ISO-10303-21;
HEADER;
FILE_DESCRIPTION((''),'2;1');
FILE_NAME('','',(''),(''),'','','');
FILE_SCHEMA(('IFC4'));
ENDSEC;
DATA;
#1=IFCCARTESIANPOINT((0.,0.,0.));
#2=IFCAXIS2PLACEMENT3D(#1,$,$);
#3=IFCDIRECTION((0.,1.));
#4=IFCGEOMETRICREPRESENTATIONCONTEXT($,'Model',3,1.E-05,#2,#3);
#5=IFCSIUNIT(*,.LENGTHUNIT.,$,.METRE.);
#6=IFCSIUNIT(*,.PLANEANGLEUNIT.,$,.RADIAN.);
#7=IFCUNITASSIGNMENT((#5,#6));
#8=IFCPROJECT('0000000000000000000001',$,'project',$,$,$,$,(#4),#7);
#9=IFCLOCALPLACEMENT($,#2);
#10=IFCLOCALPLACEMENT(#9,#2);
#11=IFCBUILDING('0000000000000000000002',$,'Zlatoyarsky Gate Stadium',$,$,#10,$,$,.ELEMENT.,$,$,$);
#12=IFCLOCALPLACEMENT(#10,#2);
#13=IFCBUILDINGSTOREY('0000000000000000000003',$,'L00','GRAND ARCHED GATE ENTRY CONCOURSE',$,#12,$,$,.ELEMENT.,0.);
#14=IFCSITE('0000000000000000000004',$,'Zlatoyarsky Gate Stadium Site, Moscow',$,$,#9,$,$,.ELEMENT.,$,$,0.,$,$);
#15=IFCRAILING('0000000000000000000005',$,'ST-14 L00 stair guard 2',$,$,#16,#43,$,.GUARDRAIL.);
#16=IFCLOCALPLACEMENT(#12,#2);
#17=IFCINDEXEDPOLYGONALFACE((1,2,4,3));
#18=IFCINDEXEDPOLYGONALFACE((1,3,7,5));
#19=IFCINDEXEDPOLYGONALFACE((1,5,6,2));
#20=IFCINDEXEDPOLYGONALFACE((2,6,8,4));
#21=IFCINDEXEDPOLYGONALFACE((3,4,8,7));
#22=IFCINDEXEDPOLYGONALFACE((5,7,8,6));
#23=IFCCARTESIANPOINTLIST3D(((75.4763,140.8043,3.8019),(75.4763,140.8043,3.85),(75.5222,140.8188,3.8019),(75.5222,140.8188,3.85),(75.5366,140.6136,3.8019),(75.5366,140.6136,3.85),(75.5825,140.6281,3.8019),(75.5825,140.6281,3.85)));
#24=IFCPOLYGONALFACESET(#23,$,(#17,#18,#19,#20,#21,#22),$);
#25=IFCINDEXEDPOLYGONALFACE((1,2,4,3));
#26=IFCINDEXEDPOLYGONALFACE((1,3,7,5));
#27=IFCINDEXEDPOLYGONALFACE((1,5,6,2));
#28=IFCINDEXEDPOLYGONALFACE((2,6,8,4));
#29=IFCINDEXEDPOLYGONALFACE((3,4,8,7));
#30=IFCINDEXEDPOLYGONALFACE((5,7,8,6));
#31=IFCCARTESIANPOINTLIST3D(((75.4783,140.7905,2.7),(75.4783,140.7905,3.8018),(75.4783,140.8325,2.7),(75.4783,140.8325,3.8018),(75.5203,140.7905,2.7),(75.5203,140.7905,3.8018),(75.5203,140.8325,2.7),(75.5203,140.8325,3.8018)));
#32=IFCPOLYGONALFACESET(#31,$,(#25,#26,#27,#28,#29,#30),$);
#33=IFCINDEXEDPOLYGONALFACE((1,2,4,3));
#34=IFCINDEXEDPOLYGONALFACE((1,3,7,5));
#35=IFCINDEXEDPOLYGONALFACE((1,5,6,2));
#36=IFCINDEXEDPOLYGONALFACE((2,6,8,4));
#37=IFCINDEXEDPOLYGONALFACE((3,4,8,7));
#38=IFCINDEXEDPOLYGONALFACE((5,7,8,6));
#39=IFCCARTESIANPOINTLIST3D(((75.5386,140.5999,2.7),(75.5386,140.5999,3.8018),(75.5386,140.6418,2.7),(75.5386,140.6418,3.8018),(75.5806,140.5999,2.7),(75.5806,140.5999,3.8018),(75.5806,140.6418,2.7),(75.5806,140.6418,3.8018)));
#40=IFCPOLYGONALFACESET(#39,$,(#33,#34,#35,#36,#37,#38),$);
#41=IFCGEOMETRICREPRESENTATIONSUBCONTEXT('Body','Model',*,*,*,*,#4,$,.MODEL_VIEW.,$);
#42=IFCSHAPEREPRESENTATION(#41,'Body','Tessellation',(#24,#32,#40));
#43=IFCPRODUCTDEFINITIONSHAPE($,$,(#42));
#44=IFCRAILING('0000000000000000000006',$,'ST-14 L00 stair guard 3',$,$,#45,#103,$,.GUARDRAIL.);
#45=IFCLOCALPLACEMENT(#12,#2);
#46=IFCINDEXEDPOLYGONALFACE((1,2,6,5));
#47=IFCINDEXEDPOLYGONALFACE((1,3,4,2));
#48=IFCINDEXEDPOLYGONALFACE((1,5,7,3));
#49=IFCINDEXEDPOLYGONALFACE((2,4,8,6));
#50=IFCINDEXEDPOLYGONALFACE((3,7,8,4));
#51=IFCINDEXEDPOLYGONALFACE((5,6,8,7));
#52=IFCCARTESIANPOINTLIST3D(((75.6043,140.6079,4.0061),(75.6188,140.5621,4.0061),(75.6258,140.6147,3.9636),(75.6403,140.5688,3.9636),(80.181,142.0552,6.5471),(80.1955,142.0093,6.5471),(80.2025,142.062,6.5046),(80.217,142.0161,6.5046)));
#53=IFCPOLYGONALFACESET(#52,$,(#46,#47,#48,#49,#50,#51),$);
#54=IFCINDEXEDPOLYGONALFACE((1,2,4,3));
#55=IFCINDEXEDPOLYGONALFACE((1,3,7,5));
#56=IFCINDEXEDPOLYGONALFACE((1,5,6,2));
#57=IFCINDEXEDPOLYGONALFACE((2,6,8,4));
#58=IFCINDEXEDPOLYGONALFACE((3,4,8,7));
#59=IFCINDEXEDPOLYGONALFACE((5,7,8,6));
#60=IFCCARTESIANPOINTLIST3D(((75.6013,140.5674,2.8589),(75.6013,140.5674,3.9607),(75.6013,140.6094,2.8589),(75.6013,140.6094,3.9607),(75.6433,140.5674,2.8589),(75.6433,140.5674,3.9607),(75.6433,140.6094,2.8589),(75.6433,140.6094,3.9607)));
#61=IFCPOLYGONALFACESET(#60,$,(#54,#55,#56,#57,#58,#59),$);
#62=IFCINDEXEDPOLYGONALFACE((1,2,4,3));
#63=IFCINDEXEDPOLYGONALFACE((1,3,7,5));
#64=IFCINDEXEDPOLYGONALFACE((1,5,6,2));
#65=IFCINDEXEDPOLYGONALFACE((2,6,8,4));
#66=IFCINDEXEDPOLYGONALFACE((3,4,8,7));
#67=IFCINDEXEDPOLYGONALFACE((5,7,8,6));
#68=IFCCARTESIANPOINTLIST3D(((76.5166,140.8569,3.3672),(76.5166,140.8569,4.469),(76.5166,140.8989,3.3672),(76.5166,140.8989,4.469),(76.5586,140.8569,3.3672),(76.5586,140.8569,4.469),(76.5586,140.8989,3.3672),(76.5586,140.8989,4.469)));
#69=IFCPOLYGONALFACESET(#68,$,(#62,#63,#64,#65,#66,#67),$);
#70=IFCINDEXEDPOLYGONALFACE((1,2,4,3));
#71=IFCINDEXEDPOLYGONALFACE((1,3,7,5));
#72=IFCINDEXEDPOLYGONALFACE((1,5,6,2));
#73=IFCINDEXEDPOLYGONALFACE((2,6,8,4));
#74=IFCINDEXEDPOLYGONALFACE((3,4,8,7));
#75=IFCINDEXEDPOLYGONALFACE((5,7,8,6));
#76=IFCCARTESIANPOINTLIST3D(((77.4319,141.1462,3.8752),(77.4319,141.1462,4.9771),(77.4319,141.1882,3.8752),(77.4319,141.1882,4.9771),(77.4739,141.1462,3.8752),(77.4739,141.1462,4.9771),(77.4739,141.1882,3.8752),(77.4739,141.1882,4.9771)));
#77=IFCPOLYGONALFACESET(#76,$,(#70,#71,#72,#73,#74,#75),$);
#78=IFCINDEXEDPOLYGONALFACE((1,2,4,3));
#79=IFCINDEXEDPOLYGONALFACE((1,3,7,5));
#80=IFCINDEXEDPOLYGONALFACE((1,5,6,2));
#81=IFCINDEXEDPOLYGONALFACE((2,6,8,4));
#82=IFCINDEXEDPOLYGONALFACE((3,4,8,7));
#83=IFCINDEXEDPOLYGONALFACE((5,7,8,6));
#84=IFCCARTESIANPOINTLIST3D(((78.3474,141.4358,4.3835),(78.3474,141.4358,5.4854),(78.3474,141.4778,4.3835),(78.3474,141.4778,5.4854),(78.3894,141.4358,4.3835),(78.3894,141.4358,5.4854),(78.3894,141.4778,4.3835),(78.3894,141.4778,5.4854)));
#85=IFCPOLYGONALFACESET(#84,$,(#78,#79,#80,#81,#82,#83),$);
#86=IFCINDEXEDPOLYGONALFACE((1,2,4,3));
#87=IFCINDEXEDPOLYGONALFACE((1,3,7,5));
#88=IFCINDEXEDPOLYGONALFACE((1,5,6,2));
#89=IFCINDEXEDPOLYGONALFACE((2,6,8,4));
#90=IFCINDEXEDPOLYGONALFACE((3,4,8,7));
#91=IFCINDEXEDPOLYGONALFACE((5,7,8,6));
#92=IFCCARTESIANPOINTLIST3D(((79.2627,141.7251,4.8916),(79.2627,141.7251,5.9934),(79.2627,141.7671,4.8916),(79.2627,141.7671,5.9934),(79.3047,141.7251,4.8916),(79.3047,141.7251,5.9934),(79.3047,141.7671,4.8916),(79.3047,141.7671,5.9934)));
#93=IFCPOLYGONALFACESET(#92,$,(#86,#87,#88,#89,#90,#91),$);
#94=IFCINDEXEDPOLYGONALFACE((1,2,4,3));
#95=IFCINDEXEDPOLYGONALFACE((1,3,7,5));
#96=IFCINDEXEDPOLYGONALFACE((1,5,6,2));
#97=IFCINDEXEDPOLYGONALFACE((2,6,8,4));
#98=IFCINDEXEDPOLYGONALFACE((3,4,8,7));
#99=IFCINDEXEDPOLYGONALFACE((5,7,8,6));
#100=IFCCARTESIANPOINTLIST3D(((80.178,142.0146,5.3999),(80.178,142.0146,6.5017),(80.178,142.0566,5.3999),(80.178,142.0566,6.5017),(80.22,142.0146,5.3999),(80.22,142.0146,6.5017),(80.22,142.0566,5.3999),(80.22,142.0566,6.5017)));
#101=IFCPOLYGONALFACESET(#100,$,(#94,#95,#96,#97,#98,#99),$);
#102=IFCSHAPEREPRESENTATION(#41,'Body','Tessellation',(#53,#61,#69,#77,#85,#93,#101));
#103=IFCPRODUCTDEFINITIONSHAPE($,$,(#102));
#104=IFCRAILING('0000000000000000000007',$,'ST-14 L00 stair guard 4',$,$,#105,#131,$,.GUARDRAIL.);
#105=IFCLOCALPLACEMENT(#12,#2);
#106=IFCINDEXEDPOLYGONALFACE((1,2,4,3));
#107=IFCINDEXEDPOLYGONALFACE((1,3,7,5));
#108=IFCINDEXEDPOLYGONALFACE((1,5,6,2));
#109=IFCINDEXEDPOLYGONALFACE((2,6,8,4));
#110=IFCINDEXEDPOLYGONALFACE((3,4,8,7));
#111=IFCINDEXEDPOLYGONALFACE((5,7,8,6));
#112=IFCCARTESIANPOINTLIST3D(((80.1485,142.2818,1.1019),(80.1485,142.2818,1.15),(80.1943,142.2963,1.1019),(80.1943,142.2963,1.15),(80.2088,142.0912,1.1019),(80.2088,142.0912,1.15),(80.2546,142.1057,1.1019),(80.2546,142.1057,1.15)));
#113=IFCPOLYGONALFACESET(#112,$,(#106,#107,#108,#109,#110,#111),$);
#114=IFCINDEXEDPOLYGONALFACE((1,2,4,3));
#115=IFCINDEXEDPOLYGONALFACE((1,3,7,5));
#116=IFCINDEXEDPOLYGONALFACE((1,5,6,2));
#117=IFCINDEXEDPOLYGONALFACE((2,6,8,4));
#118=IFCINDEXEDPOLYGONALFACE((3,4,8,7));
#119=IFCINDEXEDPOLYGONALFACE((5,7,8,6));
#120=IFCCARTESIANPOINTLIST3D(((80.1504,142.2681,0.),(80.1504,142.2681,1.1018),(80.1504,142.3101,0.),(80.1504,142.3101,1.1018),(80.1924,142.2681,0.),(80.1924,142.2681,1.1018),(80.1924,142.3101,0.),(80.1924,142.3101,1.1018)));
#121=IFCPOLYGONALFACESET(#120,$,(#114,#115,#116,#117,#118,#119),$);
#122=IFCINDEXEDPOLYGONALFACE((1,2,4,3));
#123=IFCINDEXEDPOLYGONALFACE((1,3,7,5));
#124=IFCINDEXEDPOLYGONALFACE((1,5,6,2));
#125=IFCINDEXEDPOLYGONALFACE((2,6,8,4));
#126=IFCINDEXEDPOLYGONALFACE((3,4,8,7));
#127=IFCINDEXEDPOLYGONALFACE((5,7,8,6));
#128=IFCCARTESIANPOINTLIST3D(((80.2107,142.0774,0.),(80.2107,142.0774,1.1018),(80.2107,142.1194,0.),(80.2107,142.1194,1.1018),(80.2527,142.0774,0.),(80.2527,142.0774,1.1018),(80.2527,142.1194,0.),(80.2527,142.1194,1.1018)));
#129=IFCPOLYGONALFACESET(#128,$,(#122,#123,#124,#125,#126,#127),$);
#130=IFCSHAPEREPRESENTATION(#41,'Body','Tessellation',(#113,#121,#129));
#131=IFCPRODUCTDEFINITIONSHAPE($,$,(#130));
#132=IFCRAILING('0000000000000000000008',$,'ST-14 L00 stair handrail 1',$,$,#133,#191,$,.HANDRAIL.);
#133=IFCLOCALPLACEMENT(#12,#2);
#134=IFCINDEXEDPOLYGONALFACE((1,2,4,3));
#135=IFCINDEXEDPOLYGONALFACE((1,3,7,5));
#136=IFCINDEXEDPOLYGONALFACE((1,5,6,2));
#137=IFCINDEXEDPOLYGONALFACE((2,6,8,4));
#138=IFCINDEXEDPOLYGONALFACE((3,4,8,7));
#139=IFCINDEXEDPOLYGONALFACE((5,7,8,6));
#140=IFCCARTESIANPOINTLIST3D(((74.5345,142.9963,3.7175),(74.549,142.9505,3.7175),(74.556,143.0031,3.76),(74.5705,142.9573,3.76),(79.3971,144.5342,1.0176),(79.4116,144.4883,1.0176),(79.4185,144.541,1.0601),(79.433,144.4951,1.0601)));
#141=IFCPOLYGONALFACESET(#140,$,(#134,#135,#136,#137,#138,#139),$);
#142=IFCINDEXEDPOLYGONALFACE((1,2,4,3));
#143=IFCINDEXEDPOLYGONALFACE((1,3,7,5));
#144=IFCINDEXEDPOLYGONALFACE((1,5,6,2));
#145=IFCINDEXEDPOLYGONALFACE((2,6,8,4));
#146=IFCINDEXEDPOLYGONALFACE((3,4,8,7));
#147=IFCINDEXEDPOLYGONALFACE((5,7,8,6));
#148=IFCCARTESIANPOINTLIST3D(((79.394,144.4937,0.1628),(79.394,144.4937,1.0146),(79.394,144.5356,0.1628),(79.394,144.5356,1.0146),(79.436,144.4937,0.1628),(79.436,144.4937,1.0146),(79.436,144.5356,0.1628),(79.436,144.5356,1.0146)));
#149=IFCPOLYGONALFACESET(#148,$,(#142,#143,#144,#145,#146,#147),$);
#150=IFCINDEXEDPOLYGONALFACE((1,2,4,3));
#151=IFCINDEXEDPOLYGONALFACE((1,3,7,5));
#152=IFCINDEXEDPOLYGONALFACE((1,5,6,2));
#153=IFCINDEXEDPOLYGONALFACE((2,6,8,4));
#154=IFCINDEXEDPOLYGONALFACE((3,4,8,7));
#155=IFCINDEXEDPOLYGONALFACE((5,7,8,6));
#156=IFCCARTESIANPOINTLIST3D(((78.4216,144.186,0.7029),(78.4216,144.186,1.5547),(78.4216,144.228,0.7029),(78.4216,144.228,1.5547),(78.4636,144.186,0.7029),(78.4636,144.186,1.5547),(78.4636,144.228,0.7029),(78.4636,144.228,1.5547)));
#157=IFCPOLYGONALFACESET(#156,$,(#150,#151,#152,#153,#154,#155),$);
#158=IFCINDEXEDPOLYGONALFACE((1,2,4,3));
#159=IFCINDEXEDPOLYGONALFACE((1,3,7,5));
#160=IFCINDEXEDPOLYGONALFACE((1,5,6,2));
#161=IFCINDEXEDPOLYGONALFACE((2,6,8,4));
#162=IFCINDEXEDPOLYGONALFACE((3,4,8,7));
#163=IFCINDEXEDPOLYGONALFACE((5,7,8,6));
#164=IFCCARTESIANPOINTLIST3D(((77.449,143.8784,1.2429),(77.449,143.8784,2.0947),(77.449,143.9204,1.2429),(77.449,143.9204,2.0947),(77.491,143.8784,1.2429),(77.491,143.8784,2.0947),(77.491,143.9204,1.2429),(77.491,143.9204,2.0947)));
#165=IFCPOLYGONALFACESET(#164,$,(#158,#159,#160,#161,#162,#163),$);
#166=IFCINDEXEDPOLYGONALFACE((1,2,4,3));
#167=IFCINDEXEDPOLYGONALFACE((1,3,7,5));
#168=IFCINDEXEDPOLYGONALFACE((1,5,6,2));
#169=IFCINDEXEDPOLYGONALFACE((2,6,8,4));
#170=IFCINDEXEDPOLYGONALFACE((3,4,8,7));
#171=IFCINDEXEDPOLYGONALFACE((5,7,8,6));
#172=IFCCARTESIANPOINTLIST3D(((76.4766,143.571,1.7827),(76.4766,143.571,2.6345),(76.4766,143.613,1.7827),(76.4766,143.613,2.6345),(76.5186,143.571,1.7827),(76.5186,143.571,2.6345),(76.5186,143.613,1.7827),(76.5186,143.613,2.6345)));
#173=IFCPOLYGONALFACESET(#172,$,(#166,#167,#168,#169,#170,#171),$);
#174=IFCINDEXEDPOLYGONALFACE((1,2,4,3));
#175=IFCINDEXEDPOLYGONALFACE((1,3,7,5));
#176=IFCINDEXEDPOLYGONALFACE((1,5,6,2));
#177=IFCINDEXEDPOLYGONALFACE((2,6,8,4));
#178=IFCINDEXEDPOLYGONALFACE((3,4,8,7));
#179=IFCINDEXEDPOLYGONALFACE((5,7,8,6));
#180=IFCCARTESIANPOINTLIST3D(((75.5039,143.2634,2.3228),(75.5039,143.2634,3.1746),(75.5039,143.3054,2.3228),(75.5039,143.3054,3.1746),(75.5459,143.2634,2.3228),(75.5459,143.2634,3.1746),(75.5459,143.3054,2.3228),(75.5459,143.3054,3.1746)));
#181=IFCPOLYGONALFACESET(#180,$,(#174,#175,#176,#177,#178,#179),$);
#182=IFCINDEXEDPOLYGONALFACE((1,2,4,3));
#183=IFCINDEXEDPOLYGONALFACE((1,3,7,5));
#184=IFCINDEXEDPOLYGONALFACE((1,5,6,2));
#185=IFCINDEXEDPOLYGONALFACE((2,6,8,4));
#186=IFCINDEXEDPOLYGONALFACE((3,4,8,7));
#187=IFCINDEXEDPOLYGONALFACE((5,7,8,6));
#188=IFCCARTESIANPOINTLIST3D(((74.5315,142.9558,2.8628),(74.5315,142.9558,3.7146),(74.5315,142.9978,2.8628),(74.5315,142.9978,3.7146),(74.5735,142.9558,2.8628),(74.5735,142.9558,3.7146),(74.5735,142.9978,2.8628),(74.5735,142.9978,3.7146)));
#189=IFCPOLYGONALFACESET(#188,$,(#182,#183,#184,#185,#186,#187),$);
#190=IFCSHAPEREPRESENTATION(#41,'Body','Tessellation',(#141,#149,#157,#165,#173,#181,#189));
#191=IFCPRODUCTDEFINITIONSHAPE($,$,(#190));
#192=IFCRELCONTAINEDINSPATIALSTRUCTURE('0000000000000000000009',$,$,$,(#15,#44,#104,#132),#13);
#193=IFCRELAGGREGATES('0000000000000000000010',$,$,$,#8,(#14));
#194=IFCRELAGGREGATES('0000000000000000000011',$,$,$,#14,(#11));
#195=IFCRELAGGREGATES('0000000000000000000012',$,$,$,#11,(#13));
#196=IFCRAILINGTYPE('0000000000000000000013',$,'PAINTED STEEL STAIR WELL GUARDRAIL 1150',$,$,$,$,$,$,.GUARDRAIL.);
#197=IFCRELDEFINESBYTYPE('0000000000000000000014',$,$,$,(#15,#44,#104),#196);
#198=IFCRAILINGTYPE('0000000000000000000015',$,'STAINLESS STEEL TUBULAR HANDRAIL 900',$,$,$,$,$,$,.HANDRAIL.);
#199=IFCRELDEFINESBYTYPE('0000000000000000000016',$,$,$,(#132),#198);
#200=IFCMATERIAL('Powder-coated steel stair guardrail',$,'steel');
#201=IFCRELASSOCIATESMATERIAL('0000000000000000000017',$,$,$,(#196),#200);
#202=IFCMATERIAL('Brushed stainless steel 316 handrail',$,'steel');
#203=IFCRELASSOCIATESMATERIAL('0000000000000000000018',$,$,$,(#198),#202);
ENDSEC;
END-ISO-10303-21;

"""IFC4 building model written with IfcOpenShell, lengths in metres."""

from ifc_helpers import new_model, si_unit, direction, frame, origin, origin_2d, place, context, subcontext, project, spatial, rectangle, extrude, material, type_object, element, save


model = new_model("IFC4")

# Units and contexts
model_context = context("Model", 3, precision=1e-05, world=origin(), true_north=direction((0.0, 1.0)))
body_context = subcontext(model_context, "Body", "Model", "MODEL_VIEW")
ifc_project = project(units=[si_unit("LENGTHUNIT", "METRE"), si_unit("PLANEANGLEUNIT", "RADIAN")], contexts=[model_context])

# Site, building, storey
site_placement = place(None, origin())
site = spatial("IfcSite", under=ifc_project, at=site_placement, Name="Zlatoyarsky Gate Stadium Site, Moscow", CompositionType="ELEMENT", RefElevation=0.0)
building_placement = place(site_placement, origin())
building = spatial("IfcBuilding", under=site, at=building_placement, Name="Zlatoyarsky Gate Stadium", CompositionType="ELEMENT")
storey_placement = place(building_placement, origin())
storey = spatial("IfcBuildingStorey", under=building, at=storey_placement, Name="L00", Description="GRAND ARCHED GATE ENTRY CONCOURSE", CompositionType="ELEMENT", Elevation=0.0)

# Railings
ifc_material_1 = material(Name="Powder-coated steel stair guardrail", Category="steel")
railing_type_1 = type_object("IfcRailingType", Name="PAINTED STEEL STAIR WELL GUARDRAIL 1150", PredefinedType="GUARDRAIL", material=ifc_material_1)
railing_1_placement = place(storey_placement, frame((75.4993, 140.8115, 2.7)))
element("IfcRailing", 1, at=railing_1_placement, inside=storey, type_object=railing_type_1, Name="ST-14 L00 stair guard 2", PredefinedType="GUARDRAIL", context=body_context, shape_type="SweptSolid", body=[
    extrude(rectangle(XDim=0.0481, YDim=0.0481, at=origin_2d()), frame((0.0, 0.0, 1.126), z_axis=(0.30154, -0.953453, 0.0), x_axis=(0.953453, 0.30154, 0.0)), (0.0, 0.0, 1.0), 0.2),
    extrude(rectangle(XDim=0.042, YDim=0.042, at=origin_2d()), origin(), (0.0, 0.0, 1.0), 1.1018),
    extrude(rectangle(XDim=0.042, YDim=0.042, at=origin_2d()), frame((0.0603, -0.1907, 0.0)), (0.0, 0.0, 1.0), 1.1018),
])
railing_2_placement = place(storey_placement, frame((75.6223, 140.5884, 2.8589)))
element("IfcRailing", 2, at=railing_2_placement, inside=storey, type_object=railing_type_1, Name="ST-14 L00 stair guard 3", PredefinedType="GUARDRAIL", context=body_context, shape_type="SweptSolid", body=[
    extrude(rectangle(XDim=0.0481, YDim=0.0481, at=origin_2d()), frame((0.0, 0.0, 1.126), z_axis=(0.842672, 0.266476, 0.467861), x_axis=(-0.301511, 0.953463, 0.0)), (0.0, 0.0, 1.0), 5.4312),
    extrude(rectangle(XDim=0.042, YDim=0.042, at=origin_2d()), origin(), (0.0, 0.0, 1.0), 1.1018),
    extrude(rectangle(XDim=0.042, YDim=0.042, at=origin_2d()), frame((0.9153, 0.2896, 0.5083)), (0.0, 0.0, 1.0), 1.1018),
    extrude(rectangle(XDim=0.042, YDim=0.042, at=origin_2d()), frame((1.8306, 0.5789, 1.0164)), (0.0, 0.0, 1.0), 1.1018),
    extrude(rectangle(XDim=0.042, YDim=0.042, at=origin_2d()), frame((2.7461, 0.8684, 1.5247)), (0.0, 0.0, 1.0), 1.1018),
    extrude(rectangle(XDim=0.042, YDim=0.042, at=origin_2d()), frame((3.6614, 1.1577, 2.0327)), (0.0, 0.0, 1.0), 1.1018),
    extrude(rectangle(XDim=0.042, YDim=0.042, at=origin_2d()), frame((4.5767, 1.4473, 2.541)), (0.0, 0.0, 1.0), 1.1018),
])
railing_3_placement = place(storey_placement, frame((80.1714, 142.2891, 0.0)))
element("IfcRailing", 3, at=railing_3_placement, inside=storey, type_object=railing_type_1, Name="ST-14 L00 stair guard 4", PredefinedType="GUARDRAIL", context=body_context, shape_type="SweptSolid", body=[
    extrude(rectangle(XDim=0.0481, YDim=0.0481, at=origin_2d()), frame((0.0, 0.0, 1.126), z_axis=(0.30154, -0.953453, 0.0), x_axis=(0.953453, 0.30154, 0.0)), (0.0, 0.0, 1.0), 0.2),
    extrude(rectangle(XDim=0.042, YDim=0.042, at=origin_2d()), origin(), (0.0, 0.0, 1.0), 1.1018),
    extrude(rectangle(XDim=0.042, YDim=0.042, at=origin_2d()), frame((0.0603, -0.1907, 0.0)), (0.0, 0.0, 1.0), 1.1018),
])
ifc_material_2 = material(Name="Brushed stainless steel 316 handrail", Category="steel")
railing_type_2 = type_object("IfcRailingType", Name="STAINLESS STEEL TUBULAR HANDRAIL 900", PredefinedType="HANDRAIL", material=ifc_material_2)
railing_4_placement = place(storey_placement, frame((79.415, 144.5146, 0.1628)))
element("IfcRailing", 4, at=railing_4_placement, inside=storey, type_object=railing_type_2, Name="ST-14 L00 stair handrail 1", PredefinedType="HANDRAIL", context=body_context, shape_type="SweptSolid", body=[
    extrude(rectangle(XDim=0.0481, YDim=0.0481, at=origin_2d()), frame((0.0, 0.0, 0.876), z_axis=(-0.842651, -0.266499, 0.467886), x_axis=(0.301541, -0.953453, 0.0)), (0.0, 0.0, 1.0), 5.7705),
    extrude(rectangle(XDim=0.042, YDim=0.042, at=origin_2d()), origin(), (0.0, 0.0, 1.0), 0.8518),
    extrude(rectangle(XDim=0.042, YDim=0.042, at=origin_2d()), frame((-0.9724, -0.3076, 0.54)), (0.0, 0.0, 1.0), 0.8518),
    extrude(rectangle(XDim=0.042, YDim=0.042, at=origin_2d()), frame((-1.9451, -0.6152, 1.0801)), (0.0, 0.0, 1.0), 0.8518),
    extrude(rectangle(XDim=0.042, YDim=0.042, at=origin_2d()), frame((-2.9175, -0.9226, 1.6199)), (0.0, 0.0, 1.0), 0.8518),
    extrude(rectangle(XDim=0.042, YDim=0.042, at=origin_2d()), frame((-3.8901, -1.2302, 2.1599)), (0.0, 0.0, 1.0), 0.8518),
    extrude(rectangle(XDim=0.042, YDim=0.042, at=origin_2d()), frame((-4.8625, -1.5378, 2.7)), (0.0, 0.0, 1.0), 0.8518),
])

save(model, "model.ifc")
